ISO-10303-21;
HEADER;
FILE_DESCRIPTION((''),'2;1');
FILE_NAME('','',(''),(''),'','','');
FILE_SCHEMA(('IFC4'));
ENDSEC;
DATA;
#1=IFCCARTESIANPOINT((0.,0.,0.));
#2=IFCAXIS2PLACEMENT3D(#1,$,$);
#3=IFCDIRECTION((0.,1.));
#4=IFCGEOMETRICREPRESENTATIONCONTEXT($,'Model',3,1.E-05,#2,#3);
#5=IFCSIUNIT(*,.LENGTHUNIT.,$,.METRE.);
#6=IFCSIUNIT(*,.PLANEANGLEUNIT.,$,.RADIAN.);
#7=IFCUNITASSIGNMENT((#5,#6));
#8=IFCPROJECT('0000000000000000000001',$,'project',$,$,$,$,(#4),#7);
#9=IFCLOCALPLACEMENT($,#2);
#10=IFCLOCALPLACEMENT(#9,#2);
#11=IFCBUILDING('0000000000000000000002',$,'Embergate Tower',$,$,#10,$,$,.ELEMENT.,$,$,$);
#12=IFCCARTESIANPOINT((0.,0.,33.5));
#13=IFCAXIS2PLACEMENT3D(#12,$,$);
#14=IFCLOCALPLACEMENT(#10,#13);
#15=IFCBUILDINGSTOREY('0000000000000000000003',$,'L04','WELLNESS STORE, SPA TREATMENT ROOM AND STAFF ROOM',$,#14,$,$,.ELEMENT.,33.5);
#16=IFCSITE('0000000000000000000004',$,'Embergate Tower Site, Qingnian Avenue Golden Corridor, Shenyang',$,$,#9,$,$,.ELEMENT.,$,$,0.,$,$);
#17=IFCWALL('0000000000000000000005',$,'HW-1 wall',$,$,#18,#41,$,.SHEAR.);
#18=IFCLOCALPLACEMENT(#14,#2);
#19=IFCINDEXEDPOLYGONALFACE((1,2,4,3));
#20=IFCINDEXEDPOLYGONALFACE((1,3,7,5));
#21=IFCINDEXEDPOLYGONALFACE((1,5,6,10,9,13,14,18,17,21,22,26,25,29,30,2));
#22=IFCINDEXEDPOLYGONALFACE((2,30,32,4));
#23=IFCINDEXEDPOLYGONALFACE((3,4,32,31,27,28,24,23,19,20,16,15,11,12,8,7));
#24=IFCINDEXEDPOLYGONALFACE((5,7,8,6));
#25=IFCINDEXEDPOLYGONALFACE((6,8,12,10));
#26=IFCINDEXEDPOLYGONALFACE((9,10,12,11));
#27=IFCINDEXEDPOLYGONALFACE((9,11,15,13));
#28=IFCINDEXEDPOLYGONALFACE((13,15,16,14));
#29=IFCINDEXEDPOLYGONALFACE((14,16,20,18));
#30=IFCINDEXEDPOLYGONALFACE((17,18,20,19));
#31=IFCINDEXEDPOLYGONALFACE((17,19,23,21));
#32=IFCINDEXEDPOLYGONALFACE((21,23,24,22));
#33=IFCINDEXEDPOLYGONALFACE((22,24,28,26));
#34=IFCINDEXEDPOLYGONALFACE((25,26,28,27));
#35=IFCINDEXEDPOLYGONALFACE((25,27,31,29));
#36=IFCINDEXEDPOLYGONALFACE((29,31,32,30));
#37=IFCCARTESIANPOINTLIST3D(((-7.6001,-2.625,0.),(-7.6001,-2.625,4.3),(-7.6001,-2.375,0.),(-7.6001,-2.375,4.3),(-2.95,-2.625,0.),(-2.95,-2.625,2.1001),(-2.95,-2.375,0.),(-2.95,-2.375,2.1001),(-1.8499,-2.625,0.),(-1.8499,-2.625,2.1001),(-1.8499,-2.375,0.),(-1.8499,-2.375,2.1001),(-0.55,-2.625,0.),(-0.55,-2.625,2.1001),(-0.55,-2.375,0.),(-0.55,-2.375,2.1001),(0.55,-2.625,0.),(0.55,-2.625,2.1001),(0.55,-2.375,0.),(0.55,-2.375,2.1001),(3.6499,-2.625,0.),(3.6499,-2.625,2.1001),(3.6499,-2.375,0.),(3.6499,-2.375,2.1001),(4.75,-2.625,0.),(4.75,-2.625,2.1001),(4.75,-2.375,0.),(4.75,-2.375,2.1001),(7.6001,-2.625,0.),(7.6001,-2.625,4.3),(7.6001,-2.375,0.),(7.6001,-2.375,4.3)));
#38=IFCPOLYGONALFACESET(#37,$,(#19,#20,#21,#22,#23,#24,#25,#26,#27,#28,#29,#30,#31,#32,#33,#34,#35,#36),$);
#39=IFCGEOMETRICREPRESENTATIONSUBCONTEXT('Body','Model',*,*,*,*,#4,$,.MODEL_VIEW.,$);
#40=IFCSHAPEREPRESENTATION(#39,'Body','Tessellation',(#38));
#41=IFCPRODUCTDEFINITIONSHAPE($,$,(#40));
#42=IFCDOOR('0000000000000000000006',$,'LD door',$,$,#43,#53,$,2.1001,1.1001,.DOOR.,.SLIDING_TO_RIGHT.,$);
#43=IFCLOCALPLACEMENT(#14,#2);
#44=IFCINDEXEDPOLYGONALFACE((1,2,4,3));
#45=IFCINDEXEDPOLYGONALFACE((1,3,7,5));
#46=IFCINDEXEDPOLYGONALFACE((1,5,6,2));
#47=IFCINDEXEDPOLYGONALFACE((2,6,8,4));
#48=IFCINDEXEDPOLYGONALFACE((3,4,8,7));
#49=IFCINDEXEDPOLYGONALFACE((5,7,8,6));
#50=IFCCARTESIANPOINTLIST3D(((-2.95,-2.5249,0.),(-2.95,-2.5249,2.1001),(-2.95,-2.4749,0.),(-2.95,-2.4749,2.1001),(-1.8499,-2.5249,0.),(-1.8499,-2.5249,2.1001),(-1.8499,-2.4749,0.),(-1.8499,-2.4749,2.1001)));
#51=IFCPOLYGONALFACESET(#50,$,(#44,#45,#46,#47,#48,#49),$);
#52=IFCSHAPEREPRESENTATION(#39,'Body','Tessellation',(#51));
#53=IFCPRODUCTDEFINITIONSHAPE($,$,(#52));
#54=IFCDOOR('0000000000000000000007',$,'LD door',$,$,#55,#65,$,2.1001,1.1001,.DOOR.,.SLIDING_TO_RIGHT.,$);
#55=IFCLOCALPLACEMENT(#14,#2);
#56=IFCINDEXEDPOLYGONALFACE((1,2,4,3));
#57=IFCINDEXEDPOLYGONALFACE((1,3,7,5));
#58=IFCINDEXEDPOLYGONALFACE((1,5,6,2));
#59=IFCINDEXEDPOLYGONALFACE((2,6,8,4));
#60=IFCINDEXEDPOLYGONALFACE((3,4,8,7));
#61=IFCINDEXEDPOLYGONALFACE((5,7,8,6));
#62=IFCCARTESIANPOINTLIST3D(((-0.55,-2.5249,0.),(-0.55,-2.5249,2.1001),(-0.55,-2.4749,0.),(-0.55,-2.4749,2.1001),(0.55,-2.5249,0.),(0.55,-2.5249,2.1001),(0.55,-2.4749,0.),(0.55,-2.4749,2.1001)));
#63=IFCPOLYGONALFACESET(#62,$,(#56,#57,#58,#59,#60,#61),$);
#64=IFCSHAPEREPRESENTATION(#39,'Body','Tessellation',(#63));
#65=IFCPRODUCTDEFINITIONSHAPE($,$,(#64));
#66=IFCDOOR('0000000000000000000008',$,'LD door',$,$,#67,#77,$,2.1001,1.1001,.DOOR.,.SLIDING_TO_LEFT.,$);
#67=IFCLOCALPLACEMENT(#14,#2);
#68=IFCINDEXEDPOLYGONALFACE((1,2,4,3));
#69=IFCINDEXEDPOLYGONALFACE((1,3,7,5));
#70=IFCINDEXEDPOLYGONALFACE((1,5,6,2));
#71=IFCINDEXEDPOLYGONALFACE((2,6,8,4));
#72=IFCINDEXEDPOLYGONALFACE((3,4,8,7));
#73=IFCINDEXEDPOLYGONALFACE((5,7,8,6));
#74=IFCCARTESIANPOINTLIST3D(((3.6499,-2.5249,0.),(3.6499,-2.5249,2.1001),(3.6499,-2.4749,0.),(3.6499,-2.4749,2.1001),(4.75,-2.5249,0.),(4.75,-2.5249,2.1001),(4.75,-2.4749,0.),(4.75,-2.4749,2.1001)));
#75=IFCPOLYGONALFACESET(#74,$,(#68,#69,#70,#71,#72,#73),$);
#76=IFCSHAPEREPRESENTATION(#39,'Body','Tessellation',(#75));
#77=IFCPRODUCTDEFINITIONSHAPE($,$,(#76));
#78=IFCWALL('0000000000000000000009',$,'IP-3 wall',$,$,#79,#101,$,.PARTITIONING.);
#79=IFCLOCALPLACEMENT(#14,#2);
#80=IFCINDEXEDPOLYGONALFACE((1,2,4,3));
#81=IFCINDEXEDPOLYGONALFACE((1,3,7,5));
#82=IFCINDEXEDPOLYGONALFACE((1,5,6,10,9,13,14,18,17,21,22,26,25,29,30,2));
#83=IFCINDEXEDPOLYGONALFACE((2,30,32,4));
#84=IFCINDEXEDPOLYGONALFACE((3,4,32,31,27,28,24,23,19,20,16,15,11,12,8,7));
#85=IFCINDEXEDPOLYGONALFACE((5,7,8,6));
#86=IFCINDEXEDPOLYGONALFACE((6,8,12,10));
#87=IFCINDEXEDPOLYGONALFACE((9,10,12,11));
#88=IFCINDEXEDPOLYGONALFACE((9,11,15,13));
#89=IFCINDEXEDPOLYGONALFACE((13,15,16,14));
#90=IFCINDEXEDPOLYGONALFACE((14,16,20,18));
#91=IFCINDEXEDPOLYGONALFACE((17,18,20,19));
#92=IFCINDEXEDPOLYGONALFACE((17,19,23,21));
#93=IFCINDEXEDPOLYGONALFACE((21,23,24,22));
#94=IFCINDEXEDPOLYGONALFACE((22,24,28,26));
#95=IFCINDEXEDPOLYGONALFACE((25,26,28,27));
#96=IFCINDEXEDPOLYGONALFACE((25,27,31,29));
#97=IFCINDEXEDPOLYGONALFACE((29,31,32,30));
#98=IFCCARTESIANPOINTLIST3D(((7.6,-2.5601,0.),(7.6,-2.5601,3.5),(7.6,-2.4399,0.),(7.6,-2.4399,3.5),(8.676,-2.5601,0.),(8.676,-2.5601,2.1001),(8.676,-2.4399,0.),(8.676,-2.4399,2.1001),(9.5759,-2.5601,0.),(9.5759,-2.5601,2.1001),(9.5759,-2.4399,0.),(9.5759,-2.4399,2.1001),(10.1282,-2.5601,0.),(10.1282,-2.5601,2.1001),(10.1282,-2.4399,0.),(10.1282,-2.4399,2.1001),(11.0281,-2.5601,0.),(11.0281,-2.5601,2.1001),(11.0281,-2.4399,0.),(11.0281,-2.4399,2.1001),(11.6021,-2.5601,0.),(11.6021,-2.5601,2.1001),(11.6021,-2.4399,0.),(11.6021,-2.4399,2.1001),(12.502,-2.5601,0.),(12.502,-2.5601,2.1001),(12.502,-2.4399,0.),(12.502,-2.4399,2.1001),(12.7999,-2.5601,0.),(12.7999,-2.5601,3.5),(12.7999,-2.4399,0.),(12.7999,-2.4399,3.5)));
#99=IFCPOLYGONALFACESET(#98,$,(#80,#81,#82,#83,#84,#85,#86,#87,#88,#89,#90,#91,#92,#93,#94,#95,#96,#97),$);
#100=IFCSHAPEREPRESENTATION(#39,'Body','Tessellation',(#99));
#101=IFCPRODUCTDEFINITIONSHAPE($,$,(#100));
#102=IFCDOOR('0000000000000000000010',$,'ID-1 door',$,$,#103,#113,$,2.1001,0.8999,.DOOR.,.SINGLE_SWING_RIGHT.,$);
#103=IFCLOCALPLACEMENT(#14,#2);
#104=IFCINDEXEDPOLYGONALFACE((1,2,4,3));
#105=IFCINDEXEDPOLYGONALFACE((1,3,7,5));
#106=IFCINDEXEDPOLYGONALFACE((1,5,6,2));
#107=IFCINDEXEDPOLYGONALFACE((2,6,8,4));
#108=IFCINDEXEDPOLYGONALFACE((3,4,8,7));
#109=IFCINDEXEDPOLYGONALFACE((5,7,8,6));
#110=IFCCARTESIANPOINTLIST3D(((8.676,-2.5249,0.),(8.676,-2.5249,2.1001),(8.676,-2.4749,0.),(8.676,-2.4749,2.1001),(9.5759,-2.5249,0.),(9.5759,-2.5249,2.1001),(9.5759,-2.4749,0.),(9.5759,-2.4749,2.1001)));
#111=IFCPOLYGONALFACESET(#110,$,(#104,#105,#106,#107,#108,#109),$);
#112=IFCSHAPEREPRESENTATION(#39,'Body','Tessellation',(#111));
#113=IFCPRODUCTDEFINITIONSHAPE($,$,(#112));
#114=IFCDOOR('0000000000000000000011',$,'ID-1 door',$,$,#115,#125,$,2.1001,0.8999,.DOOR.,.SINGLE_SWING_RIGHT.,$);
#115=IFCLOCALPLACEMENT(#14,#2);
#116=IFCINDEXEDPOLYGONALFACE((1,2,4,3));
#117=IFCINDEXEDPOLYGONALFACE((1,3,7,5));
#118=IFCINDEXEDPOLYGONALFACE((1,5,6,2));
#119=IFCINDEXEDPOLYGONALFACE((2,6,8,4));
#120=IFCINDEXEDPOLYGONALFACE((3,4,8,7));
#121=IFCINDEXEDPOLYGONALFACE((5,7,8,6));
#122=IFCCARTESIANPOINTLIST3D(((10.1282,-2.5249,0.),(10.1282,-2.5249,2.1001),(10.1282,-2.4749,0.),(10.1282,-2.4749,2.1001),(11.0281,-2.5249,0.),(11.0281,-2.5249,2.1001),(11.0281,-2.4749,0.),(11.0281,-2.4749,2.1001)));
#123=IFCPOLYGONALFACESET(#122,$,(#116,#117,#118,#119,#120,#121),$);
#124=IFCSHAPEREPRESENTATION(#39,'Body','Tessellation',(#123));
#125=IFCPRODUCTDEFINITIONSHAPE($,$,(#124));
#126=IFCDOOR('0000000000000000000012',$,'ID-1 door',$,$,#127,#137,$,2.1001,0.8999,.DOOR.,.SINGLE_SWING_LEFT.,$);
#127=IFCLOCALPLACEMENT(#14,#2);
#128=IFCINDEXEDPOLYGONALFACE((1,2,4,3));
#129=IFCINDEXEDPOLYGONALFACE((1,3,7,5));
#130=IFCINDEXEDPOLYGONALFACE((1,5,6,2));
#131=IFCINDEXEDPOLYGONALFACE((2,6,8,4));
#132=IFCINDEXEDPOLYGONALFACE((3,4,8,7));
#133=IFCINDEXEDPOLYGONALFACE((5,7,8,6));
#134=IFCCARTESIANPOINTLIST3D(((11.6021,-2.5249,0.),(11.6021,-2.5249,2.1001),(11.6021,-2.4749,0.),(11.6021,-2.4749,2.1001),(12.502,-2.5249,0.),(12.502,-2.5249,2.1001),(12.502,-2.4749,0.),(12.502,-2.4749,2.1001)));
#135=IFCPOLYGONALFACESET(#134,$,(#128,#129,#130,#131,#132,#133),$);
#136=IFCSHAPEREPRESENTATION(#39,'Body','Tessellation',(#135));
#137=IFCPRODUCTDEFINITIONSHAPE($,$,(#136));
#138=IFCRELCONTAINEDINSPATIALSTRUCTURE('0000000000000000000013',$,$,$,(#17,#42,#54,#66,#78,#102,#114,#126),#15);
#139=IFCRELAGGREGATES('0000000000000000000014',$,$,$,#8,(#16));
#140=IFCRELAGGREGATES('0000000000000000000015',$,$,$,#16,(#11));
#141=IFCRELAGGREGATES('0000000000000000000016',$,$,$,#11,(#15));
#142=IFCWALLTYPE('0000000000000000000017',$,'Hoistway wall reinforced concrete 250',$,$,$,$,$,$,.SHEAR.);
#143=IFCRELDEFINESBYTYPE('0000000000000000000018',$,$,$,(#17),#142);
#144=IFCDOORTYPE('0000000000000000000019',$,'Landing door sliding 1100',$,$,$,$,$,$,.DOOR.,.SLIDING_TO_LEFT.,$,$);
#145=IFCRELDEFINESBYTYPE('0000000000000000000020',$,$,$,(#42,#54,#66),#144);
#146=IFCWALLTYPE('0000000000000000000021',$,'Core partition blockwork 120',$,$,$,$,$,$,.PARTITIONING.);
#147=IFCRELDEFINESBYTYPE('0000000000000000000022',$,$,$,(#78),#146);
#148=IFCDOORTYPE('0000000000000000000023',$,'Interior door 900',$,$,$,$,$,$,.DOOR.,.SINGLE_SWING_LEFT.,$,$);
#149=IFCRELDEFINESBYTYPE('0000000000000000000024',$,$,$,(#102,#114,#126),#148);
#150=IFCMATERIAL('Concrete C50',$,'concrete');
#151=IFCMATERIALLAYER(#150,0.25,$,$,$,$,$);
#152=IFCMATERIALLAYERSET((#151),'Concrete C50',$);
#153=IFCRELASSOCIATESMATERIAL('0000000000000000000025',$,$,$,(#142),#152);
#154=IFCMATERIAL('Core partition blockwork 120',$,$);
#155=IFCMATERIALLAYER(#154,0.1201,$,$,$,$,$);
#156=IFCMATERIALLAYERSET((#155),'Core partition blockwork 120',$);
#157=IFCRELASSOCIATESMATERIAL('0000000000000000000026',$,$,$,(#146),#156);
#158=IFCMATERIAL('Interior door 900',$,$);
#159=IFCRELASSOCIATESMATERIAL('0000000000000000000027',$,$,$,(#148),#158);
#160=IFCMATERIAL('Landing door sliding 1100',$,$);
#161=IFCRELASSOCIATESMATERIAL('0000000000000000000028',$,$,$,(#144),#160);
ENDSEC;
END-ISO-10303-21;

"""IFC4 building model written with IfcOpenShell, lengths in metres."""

from ifc_helpers import new_model, si_unit, direction, frame, frame_2d, origin, place, context, subcontext, project, spatial, rectangle, extrude, source, transform, mapped, material, layer, layer_set, type_object, element, fill, save


model = new_model("IFC4")

# Units and contexts
model_context = context("Model", 3, precision=1e-05, world=origin(), true_north=direction((0.0, 1.0)))
body_context = subcontext(model_context, "Body", "Model", "MODEL_VIEW")
ifc_project = project(units=[si_unit("LENGTHUNIT", "METRE"), si_unit("PLANEANGLEUNIT", "RADIAN")], contexts=[model_context])

# Site, building, storey
site_placement = place(None, origin())
site = spatial("IfcSite", under=ifc_project, at=site_placement, Name="Embergate Tower Site, Qingnian Avenue Golden Corridor, Shenyang", CompositionType="ELEMENT", RefElevation=0.0)
building_placement = place(site_placement, origin())
building = spatial("IfcBuilding", under=site, at=building_placement, Name="Embergate Tower", CompositionType="ELEMENT")
storey_placement = place(building_placement, frame((0.0, 0.0, 33.5)))
storey = spatial("IfcBuildingStorey", under=building, at=storey_placement, Name="L04", Description="WELLNESS STORE, SPA TREATMENT ROOM AND STAFF ROOM", CompositionType="ELEMENT", Elevation=33.5)

# Shared definitions
ifc_material_1 = material(Name="Concrete C50", Category="concrete")
ifc_layer_1 = layer(ifc_material_1, 0.25)
ifc_layer_set_1 = layer_set([ifc_layer_1], Name="Concrete C50")
wall_type_1 = type_object("IfcWallType", Name="Hoistway wall reinforced concrete 250", PredefinedType="SHEAR", material=ifc_layer_set_1)

# Shared definitions
ifc_material_2 = material(Name="Core partition blockwork 120")
ifc_layer_2 = layer(ifc_material_2, 0.1201)
ifc_layer_set_2 = layer_set([ifc_layer_2], Name="Core partition blockwork 120")
wall_type_2 = type_object("IfcWallType", Name="Core partition blockwork 120", PredefinedType="PARTITIONING", material=ifc_layer_set_2)
shared_shape_1 = source(origin(), body_context, "Body", "SweptSolid", [
    extrude(rectangle(XDim=0.8999, YDim=2.1001, at=frame_2d((0.45, 1.05))), frame((0.0, 0.0701, 0.0), z_axis=(0.0, -1.0, 0.0), x_axis=(1.0, 0.0, 0.0)), (0.0, 0.0, 1.0), 0.1401),
])
ifc_material_3 = material(Name="Interior door 900")
door_type_1 = type_object("IfcDoorType", Name="Interior door 900", OperationType="SINGLE_SWING_LEFT", PredefinedType="DOOR", material=ifc_material_3)
shared_shape_2 = source(origin(), body_context, "Body", "SweptSolid", [
    extrude(rectangle(XDim=0.8999, YDim=2.1001, at=frame_2d((0.45, 1.05))), frame((0.0, 0.0249, 0.0), z_axis=(0.0, -1.0, 0.0), x_axis=(1.0, 0.0, 0.0)), (0.0, 0.0, 1.0), 0.05),
])

# Walls, openings, doors
shared_shape_3 = source(origin(), body_context, "Body", "SweptSolid", [
    extrude(rectangle(XDim=15.2002, YDim=0.25, at=frame_2d((7.6001, 0.0))), origin(), (0.0, 0.0, 1.0), 4.3),
])
wall_1_placement = place(storey_placement, frame((7.6001, -2.5, 0.0), z_axis=(0.0, 0.0, 1.0), x_axis=(-1.0, 0.0, 0.0)))
wall_1 = element("IfcWall", 1, at=wall_1_placement, inside=storey, type_object=wall_type_1, Name="HW-1 wall", PredefinedType="SHEAR", context=body_context, shape_type="MappedRepresentation", body=[
    mapped(shared_shape_3, transform((0.0, 0.0, 0.0))),
])
shared_shape_4 = source(origin(), body_context, "Body", "SweptSolid", [
    extrude(rectangle(XDim=1.1001, YDim=2.1001, at=frame_2d((0.55, 1.05))), frame((0.0, 0.135, 0.0), z_axis=(0.0, -1.0, 0.0), x_axis=(1.0, 0.0, 0.0)), (0.0, 0.0, 1.0), 0.27),
])
opening_1_placement = place(wall_1_placement, frame((9.45, 0.0, 0.0)))
opening_1 = element("IfcOpeningElement", 2, at=opening_1_placement, cuts=wall_1, PredefinedType="OPENING", context=body_context, shape_type="MappedRepresentation", body=[
    mapped(shared_shape_4, transform((0.0, 0.0, 0.0))),
])
opening_2_placement = place(wall_1_placement, frame((7.05, 0.0, 0.0)))
opening_2 = element("IfcOpeningElement", 3, at=opening_2_placement, cuts=wall_1, PredefinedType="OPENING", context=body_context, shape_type="MappedRepresentation", body=[
    mapped(shared_shape_4, transform((0.0, 0.0, 0.0))),
])
opening_3_placement = place(wall_1_placement, frame((2.8501, 0.0, 0.0)))
opening_3 = element("IfcOpeningElement", 4, at=opening_3_placement, cuts=wall_1, PredefinedType="OPENING", context=body_context, shape_type="MappedRepresentation", body=[
    mapped(shared_shape_4, transform((0.0, 0.0, 0.0))),
])
ifc_material_4 = material(Name="Landing door sliding 1100")
door_type_2 = type_object("IfcDoorType", Name="Landing door sliding 1100", OperationType="SLIDING_TO_LEFT", PredefinedType="DOOR", material=ifc_material_4)
shared_shape_5 = source(origin(), body_context, "Body", "SweptSolid", [
    extrude(rectangle(XDim=1.1001, YDim=2.1001, at=frame_2d((0.55, 1.05))), frame((0.0, 0.0249, 0.0), z_axis=(0.0, -1.0, 0.0), x_axis=(1.0, 0.0, 0.0)), (0.0, 0.0, 1.0), 0.05),
])
door_1_placement = place(opening_1_placement, origin())
door_1 = element("IfcDoor", 5, at=door_1_placement, inside=storey, type_object=door_type_2, Name="LD door", OperationType="SLIDING_TO_RIGHT", OverallHeight=2.1001, OverallWidth=1.1001, PredefinedType="DOOR", context=body_context, shape_type="MappedRepresentation", body=[
    mapped(shared_shape_5, transform((0.0, 0.0, 0.0))),
])
fill(opening_1, door_1)
door_2_placement = place(opening_2_placement, origin())
door_2 = element("IfcDoor", 6, at=door_2_placement, inside=storey, type_object=door_type_2, Name="LD door", OperationType="SLIDING_TO_RIGHT", OverallHeight=2.1001, OverallWidth=1.1001, PredefinedType="DOOR", context=body_context, shape_type="MappedRepresentation", body=[
    mapped(shared_shape_5, transform((0.0, 0.0, 0.0))),
])
fill(opening_2, door_2)
door_3_placement = place(opening_3_placement, origin())
door_3 = element("IfcDoor", 7, at=door_3_placement, inside=storey, type_object=door_type_2, Name="LD door", OperationType="SLIDING_TO_LEFT", OverallHeight=2.1001, OverallWidth=1.1001, PredefinedType="DOOR", context=body_context, shape_type="MappedRepresentation", body=[
    mapped(shared_shape_5, transform((0.0, 0.0, 0.0))),
])
fill(opening_3, door_3)
shared_shape_6 = source(origin(), body_context, "Body", "SweptSolid", [
    extrude(rectangle(XDim=5.2, YDim=0.1201, at=frame_2d((2.6001, 0.0))), origin(), (0.0, 0.0, 1.0), 3.5),
])
wall_2_placement = place(storey_placement, frame((12.8, -2.5, 0.0), z_axis=(0.0, 0.0, 1.0), x_axis=(-1.0, 0.0, 0.0)))
wall_2 = element("IfcWall", 8, at=wall_2_placement, inside=storey, type_object=wall_type_2, Name="IP-3 wall", PredefinedType="PARTITIONING", context=body_context, shape_type="MappedRepresentation", body=[
    mapped(shared_shape_6, transform((0.0, 0.0, 0.0))),
])
opening_4_placement = place(wall_2_placement, frame((3.2241, 0.0, 0.0)))
opening_4 = element("IfcOpeningElement", 9, at=opening_4_placement, cuts=wall_2, PredefinedType="OPENING", context=body_context, shape_type="MappedRepresentation", body=[
    mapped(shared_shape_1, transform((0.0, 0.0, 0.0))),
])
opening_5_placement = place(wall_2_placement, frame((1.772, 0.0, 0.0)))
opening_5 = element("IfcOpeningElement", 10, at=opening_5_placement, cuts=wall_2, PredefinedType="OPENING", context=body_context, shape_type="MappedRepresentation", body=[
    mapped(shared_shape_1, transform((0.0, 0.0, 0.0))),
])
opening_6_placement = place(wall_2_placement, frame((0.2981, 0.0, 0.0)))
opening_6 = element("IfcOpeningElement", 11, at=opening_6_placement, cuts=wall_2, PredefinedType="OPENING", context=body_context, shape_type="MappedRepresentation", body=[
    mapped(shared_shape_1, transform((0.0, 0.0, 0.0))),
])
door_4_placement = place(opening_4_placement, origin())
door_4 = element("IfcDoor", 12, at=door_4_placement, inside=storey, type_object=door_type_1, Name="ID-1 door", OperationType="SINGLE_SWING_RIGHT", OverallHeight=2.1001, OverallWidth=0.8999, PredefinedType="DOOR", context=body_context, shape_type="MappedRepresentation", body=[
    mapped(shared_shape_2, transform((0.0, 0.0, 0.0))),
])
fill(opening_4, door_4)
door_5_placement = place(opening_5_placement, origin())
door_5 = element("IfcDoor", 13, at=door_5_placement, inside=storey, type_object=door_type_1, Name="ID-1 door", OperationType="SINGLE_SWING_RIGHT", OverallHeight=2.1001, OverallWidth=0.8999, PredefinedType="DOOR", context=body_context, shape_type="MappedRepresentation", body=[
    mapped(shared_shape_2, transform((0.0, 0.0, 0.0))),
])
fill(opening_5, door_5)
door_6_placement = place(opening_6_placement, origin())
door_6 = element("IfcDoor", 14, at=door_6_placement, inside=storey, type_object=door_type_1, Name="ID-1 door", OperationType="SINGLE_SWING_LEFT", OverallHeight=2.1001, OverallWidth=0.8999, PredefinedType="DOOR", context=body_context, shape_type="MappedRepresentation", body=[
    mapped(shared_shape_2, transform((0.0, 0.0, 0.0))),
])
fill(opening_6, door_6)

save(model, "model.ifc")
